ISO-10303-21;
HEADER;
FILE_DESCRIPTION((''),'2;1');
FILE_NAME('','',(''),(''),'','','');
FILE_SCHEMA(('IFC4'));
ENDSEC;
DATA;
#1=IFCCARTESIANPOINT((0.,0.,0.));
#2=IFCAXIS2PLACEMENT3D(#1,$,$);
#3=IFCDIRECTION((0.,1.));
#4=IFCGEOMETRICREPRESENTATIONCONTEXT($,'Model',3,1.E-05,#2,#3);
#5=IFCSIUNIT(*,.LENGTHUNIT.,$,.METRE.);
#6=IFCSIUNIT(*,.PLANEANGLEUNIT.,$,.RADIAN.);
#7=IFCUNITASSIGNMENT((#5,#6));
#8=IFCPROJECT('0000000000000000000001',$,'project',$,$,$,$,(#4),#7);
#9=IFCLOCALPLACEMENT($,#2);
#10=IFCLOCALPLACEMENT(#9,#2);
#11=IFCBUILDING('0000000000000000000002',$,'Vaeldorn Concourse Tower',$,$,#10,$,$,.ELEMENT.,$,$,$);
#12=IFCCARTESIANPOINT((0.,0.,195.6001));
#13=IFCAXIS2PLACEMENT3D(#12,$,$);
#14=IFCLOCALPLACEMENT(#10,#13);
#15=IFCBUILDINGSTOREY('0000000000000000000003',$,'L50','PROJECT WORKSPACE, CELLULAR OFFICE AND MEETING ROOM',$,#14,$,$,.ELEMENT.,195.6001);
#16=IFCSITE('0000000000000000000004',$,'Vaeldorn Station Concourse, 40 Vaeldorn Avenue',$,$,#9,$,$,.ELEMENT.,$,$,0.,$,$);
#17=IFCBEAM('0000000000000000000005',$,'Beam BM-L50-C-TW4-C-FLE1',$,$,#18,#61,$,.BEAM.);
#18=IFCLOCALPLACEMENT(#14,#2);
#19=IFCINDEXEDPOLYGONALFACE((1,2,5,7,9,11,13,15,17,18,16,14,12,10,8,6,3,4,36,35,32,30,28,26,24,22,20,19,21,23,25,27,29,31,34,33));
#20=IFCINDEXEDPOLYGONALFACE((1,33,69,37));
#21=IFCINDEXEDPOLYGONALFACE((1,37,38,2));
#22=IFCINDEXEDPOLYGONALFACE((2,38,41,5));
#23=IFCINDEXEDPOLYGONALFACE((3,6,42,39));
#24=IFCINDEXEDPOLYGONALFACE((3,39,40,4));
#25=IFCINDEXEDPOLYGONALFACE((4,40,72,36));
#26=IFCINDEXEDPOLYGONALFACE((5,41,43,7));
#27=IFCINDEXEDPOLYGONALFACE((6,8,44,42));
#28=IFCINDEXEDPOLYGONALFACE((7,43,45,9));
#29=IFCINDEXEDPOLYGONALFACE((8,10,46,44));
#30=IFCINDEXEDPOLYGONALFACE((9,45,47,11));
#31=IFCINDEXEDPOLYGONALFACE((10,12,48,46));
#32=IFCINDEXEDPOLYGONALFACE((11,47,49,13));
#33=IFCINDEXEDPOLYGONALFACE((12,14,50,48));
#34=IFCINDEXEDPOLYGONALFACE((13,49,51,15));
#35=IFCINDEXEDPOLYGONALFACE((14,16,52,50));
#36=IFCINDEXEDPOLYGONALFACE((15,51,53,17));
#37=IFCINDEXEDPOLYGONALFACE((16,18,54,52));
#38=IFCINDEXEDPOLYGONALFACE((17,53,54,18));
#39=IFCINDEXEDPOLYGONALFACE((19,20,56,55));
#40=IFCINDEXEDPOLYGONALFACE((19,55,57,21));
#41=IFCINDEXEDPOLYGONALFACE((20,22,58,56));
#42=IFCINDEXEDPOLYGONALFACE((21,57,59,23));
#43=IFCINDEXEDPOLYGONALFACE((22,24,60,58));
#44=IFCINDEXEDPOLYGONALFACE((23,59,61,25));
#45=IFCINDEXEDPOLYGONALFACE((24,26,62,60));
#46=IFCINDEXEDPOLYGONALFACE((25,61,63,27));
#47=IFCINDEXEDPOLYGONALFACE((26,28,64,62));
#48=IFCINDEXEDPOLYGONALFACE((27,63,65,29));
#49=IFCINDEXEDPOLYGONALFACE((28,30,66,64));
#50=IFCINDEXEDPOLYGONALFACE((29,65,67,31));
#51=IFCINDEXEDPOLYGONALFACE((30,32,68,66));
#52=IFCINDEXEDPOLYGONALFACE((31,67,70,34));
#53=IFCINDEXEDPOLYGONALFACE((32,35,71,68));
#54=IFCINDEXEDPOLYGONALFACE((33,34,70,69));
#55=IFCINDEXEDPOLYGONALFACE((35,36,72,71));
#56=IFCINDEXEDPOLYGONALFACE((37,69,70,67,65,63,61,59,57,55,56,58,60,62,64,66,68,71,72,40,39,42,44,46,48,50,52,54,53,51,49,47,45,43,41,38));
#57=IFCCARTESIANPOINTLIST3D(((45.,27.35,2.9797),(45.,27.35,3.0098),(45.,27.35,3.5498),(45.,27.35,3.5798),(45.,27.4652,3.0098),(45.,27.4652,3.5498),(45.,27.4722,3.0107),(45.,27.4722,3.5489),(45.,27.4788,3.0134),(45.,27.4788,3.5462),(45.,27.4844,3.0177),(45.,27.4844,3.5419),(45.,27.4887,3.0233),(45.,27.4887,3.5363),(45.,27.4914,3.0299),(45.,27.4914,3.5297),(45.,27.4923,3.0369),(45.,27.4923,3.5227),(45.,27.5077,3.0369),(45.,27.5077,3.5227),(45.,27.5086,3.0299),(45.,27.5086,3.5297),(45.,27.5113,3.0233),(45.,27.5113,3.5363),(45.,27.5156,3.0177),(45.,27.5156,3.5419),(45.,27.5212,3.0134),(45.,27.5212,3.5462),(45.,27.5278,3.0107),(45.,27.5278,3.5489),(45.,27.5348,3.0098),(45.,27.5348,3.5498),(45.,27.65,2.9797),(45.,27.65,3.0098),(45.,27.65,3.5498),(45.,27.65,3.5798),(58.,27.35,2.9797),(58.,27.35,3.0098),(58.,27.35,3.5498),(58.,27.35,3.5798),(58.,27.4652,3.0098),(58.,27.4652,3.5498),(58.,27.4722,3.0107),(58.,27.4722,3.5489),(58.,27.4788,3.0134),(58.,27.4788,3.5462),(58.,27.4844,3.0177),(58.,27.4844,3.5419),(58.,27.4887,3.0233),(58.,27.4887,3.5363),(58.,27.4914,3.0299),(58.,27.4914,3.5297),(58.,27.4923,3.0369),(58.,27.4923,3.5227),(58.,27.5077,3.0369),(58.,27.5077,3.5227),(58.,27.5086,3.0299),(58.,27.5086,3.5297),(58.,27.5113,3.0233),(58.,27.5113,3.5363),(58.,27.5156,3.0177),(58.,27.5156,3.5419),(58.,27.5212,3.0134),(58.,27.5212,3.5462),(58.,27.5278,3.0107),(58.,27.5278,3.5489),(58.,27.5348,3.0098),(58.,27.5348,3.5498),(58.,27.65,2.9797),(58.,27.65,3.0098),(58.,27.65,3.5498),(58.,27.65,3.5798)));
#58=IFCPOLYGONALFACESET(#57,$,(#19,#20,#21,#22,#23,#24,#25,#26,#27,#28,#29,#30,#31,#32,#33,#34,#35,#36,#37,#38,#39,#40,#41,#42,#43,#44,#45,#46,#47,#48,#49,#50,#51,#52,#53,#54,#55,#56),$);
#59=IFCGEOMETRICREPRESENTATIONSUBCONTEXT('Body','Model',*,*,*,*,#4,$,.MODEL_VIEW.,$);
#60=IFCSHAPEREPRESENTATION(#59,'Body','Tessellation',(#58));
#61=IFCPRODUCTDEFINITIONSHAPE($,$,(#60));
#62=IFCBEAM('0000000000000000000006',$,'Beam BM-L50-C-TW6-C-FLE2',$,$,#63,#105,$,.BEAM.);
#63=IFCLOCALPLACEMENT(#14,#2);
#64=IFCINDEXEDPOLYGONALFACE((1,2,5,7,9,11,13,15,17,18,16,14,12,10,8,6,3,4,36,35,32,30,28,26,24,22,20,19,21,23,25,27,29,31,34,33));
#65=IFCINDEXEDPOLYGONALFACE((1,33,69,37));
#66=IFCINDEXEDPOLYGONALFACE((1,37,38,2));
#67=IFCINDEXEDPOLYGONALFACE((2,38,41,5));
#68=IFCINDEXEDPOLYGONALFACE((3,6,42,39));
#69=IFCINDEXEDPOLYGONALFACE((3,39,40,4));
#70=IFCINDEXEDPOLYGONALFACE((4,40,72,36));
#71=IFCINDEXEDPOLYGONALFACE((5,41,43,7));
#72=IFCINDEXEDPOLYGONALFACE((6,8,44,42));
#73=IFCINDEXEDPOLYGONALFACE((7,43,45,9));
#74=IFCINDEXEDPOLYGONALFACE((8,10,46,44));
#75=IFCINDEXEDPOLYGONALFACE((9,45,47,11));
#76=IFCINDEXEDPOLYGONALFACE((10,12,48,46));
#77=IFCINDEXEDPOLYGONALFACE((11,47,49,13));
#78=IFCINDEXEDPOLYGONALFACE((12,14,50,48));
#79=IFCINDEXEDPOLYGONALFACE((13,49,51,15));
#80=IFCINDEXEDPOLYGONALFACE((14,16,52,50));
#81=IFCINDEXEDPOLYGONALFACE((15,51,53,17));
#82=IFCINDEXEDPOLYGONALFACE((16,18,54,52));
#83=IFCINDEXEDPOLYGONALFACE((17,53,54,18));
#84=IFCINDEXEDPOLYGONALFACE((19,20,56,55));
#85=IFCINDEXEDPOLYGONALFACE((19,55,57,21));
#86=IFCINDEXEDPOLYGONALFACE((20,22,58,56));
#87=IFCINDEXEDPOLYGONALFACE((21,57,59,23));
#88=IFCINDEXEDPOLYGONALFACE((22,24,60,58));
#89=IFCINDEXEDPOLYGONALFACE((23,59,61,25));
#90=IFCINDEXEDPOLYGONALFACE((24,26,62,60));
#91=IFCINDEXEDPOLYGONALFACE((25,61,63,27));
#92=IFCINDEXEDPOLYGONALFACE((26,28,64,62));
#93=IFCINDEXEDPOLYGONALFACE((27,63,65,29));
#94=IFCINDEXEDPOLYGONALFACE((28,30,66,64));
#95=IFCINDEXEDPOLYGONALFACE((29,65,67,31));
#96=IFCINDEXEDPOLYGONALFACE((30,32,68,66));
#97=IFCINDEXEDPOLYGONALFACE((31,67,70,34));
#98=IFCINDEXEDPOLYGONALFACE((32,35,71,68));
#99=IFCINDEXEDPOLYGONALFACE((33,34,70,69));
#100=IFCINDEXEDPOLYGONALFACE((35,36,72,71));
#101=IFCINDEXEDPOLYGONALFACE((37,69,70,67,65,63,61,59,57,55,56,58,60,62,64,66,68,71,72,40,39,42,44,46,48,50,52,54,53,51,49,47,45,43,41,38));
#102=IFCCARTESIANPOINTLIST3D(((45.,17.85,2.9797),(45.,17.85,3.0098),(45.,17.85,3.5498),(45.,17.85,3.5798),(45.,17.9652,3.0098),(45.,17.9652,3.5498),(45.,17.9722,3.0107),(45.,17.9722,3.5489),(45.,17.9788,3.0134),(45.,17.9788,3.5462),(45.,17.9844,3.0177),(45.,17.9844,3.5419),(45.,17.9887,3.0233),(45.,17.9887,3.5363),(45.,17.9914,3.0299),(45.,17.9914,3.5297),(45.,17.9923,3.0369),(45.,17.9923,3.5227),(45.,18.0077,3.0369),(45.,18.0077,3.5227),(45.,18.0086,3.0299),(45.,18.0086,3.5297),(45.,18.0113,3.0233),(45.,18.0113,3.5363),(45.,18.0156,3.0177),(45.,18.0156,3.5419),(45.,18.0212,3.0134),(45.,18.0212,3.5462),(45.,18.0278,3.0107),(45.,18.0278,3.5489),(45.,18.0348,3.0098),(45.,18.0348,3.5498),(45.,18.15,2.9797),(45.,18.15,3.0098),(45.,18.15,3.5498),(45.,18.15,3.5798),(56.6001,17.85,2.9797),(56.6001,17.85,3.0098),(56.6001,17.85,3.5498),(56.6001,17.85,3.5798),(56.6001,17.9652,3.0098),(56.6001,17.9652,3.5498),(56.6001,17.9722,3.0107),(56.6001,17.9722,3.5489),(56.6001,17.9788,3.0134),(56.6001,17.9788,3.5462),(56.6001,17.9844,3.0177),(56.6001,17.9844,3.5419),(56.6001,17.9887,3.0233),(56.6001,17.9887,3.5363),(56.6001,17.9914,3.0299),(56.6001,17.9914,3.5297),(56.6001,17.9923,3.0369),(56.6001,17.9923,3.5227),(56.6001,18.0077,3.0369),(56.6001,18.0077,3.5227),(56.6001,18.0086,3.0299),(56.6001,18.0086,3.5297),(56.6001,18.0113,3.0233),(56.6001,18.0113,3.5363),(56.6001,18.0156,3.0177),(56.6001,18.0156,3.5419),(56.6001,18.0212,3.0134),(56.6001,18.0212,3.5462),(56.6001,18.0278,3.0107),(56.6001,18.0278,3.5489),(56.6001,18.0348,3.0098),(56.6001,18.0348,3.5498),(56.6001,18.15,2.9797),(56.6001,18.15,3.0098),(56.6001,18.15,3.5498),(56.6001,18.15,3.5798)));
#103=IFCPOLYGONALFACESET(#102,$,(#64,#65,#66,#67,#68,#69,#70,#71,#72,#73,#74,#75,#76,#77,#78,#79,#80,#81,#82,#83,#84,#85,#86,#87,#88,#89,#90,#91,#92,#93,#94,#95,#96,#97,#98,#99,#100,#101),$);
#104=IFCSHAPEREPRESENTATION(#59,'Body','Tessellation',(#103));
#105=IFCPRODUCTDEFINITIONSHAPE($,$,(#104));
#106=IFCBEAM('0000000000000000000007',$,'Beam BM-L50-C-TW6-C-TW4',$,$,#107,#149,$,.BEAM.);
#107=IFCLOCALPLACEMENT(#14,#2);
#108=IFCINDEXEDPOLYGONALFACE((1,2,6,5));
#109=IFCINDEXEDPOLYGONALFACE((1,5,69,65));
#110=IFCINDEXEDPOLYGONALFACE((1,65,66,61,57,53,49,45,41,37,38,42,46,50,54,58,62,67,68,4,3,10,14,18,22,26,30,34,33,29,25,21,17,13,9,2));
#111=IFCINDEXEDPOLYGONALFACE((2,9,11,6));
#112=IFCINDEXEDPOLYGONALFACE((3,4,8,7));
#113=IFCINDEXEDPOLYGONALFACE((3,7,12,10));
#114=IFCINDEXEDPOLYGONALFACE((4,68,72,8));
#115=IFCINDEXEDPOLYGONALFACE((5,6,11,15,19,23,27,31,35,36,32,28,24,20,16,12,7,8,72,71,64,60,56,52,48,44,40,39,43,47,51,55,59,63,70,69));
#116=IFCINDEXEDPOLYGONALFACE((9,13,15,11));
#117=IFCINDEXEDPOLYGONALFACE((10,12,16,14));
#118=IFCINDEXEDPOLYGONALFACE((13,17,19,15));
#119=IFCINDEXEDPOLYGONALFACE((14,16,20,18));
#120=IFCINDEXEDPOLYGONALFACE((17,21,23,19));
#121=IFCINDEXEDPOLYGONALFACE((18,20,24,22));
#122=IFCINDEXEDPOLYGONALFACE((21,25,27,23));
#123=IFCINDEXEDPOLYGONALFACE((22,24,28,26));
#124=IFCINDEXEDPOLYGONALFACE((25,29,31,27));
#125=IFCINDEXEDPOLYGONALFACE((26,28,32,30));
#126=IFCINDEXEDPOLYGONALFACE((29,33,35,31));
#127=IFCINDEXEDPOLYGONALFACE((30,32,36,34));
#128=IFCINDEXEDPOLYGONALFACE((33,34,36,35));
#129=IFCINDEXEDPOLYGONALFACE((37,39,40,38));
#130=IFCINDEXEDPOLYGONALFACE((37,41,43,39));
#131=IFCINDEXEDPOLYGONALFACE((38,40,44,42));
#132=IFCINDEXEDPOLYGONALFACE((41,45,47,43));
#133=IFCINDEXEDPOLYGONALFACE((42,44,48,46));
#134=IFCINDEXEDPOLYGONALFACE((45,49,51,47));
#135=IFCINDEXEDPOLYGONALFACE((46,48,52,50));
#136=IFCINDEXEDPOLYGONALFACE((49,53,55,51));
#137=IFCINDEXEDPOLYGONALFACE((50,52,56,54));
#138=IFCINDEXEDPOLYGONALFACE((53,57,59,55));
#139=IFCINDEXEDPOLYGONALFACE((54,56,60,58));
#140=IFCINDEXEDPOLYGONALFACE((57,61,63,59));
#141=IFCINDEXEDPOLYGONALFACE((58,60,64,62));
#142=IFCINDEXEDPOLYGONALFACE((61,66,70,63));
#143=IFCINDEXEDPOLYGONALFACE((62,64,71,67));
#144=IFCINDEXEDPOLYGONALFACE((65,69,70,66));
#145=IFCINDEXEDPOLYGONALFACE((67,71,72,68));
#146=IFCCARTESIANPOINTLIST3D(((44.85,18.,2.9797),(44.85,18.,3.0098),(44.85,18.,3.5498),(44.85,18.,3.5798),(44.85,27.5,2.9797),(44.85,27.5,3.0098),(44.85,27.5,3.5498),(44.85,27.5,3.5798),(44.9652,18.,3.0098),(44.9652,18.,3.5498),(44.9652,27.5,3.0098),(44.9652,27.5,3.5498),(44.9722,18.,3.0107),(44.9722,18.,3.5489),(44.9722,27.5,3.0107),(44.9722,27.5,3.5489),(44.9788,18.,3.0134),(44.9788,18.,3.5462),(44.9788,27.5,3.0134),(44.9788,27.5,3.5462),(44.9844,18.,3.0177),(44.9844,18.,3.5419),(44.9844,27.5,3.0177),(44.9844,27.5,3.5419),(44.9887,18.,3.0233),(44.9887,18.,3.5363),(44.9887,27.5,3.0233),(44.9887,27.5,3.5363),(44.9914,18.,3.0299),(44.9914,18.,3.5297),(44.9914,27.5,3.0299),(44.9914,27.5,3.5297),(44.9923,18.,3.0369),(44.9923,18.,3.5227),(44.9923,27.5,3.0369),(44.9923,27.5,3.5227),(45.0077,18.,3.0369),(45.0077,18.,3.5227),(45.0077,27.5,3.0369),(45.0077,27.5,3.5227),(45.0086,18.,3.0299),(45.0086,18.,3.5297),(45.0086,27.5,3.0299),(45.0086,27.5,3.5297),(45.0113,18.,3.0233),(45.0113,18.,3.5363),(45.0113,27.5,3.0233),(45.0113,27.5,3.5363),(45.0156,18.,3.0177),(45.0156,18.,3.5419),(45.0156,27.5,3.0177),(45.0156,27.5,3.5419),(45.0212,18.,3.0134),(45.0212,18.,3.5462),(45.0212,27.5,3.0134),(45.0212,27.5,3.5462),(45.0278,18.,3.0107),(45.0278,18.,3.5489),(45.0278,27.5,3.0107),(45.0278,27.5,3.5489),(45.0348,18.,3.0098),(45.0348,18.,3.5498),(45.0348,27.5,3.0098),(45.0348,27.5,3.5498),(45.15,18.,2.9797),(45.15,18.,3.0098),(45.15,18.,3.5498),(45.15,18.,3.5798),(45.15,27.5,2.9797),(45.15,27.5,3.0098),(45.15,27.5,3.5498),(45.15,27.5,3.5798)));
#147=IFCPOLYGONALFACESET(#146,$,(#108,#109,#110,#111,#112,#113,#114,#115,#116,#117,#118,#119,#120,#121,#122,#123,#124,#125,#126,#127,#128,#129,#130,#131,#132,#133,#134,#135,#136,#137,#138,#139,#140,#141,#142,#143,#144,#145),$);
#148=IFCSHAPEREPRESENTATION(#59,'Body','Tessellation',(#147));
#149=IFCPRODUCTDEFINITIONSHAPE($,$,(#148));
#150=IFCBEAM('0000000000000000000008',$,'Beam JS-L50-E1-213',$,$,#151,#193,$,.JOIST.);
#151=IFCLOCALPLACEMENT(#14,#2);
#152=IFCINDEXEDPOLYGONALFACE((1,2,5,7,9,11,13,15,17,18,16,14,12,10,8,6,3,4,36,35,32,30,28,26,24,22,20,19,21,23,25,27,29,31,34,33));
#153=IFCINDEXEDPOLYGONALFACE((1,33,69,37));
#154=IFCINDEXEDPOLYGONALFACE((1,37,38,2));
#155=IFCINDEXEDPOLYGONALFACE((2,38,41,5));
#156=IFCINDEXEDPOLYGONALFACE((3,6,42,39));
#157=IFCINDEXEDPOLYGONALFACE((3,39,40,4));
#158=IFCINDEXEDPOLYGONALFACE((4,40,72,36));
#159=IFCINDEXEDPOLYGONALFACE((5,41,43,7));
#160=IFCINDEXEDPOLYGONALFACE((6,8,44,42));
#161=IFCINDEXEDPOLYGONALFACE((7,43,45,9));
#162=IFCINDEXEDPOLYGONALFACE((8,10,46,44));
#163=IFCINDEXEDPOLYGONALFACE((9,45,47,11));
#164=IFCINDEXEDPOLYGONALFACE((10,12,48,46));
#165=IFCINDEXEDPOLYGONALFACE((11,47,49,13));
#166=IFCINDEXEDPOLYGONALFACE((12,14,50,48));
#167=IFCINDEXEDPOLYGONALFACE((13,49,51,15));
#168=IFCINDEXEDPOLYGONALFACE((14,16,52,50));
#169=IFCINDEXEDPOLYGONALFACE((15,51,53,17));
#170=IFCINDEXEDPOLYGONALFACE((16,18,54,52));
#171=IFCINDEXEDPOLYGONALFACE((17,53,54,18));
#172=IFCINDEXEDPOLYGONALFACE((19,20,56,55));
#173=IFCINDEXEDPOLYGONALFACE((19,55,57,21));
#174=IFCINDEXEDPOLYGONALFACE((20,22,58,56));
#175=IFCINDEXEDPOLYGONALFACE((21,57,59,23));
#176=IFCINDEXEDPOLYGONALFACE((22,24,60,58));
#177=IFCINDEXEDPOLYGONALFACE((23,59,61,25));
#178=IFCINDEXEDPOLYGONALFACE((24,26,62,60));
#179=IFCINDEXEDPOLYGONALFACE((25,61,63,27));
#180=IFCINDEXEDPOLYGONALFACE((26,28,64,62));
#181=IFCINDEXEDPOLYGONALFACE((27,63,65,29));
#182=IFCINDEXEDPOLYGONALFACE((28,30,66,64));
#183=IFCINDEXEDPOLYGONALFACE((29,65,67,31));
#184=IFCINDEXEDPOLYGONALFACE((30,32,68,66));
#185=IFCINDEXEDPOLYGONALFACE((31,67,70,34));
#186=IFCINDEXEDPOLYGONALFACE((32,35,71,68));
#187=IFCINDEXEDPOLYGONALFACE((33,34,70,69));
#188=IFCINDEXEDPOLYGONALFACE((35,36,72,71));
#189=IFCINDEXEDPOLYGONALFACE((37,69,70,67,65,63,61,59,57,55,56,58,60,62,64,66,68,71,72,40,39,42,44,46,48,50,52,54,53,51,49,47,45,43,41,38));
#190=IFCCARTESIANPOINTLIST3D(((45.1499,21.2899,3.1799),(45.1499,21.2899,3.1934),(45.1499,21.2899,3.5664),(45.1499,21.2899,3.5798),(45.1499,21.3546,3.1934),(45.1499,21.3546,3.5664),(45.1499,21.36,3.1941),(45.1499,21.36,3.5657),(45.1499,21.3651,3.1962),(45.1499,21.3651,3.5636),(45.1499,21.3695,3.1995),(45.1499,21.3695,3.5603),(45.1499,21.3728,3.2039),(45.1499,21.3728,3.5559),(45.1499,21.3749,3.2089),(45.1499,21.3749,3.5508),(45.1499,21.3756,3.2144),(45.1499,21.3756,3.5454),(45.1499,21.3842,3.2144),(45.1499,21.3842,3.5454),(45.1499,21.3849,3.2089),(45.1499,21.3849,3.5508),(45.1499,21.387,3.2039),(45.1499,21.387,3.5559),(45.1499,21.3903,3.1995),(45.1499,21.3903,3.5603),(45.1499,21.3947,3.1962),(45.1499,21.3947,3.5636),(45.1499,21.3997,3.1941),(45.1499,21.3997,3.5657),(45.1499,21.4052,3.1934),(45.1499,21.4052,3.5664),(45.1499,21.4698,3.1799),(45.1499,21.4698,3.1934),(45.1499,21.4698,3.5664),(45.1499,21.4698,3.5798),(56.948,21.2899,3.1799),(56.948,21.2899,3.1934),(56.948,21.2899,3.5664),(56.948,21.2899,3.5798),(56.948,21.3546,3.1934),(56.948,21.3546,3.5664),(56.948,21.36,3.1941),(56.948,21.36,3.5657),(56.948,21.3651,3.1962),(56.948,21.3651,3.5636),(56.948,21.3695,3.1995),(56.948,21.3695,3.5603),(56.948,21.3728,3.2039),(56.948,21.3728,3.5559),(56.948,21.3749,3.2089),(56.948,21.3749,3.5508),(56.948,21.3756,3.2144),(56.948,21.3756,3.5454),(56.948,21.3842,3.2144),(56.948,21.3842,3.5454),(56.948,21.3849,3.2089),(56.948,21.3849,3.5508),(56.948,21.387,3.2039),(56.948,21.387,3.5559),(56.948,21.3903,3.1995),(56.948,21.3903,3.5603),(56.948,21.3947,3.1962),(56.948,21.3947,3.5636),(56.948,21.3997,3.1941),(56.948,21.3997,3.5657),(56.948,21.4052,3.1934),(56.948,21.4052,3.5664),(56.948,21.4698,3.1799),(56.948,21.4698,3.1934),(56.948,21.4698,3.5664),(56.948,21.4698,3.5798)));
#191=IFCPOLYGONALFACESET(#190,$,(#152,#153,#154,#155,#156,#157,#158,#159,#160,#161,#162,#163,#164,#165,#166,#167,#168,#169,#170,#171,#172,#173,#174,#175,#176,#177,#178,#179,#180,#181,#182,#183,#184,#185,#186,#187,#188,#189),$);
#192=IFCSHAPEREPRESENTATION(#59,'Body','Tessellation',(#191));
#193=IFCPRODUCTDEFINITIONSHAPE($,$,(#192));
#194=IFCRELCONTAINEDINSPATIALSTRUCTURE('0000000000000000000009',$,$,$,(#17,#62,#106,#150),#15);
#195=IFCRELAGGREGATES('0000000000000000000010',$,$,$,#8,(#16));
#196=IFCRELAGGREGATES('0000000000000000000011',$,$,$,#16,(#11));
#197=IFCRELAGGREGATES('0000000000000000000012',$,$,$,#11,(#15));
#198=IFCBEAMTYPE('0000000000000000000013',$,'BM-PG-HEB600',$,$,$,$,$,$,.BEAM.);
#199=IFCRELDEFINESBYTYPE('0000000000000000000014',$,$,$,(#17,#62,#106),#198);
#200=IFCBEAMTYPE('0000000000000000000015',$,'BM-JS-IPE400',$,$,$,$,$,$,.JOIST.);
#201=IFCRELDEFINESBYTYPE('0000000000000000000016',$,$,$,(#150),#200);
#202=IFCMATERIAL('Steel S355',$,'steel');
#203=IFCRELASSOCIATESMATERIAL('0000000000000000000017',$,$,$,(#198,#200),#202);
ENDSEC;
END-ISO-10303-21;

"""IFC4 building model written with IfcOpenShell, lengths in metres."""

from ifc_helpers import new_model, si_unit, direction, frame, origin, origin_2d, place, context, subcontext, project, spatial, i_section, extrude, source, transform, mapped, material, material_profile, profile_set, type_object, element, save


model = new_model("IFC4")

# Units and contexts
model_context = context("Model", 3, precision=1e-05, world=origin(), true_north=direction((0.0, 1.0)))
body_context = subcontext(model_context, "Body", "Model", "MODEL_VIEW")
ifc_project = project(units=[si_unit("LENGTHUNIT", "METRE"), si_unit("PLANEANGLEUNIT", "RADIAN")], contexts=[model_context])

# Site, building, storey
site_placement = place(None, origin())
site = spatial("IfcSite", under=ifc_project, at=site_placement, Name="Vaeldorn Station Concourse, 40 Vaeldorn Avenue", CompositionType="ELEMENT", RefElevation=0.0)
building_placement = place(site_placement, origin())
building = spatial("IfcBuilding", under=site, at=building_placement, Name="Vaeldorn Concourse Tower", CompositionType="ELEMENT")
storey_placement = place(building_placement, frame((0.0, 0.0, 195.6001)))
storey = spatial("IfcBuildingStorey", under=building, at=storey_placement, Name="L50", Description="PROJECT WORKSPACE, CELLULAR OFFICE AND MEETING ROOM", CompositionType="ELEMENT", Elevation=195.6001)

# Shared definitions
ifc_material_1 = material(Name="Steel S355", Category="steel")

# Beams
ifc_material_profile_1 = material_profile(ifc_material_1, i_section(OverallWidth=0.3, OverallDepth=0.6001, WebThickness=0.0154, FlangeThickness=0.03, FilletRadius=0.0271, at=origin_2d()), Name="HEB 600")
ifc_profile_set_1 = profile_set([ifc_material_profile_1], Name="Steel S355")
beam_type_1 = type_object("IfcBeamType", Name="BM-PG-HEB600", PredefinedType="BEAM", material=ifc_profile_set_1)
shared_shape_1 = source(origin(), body_context, "Body", "SweptSolid", [
    extrude(i_section(OverallWidth=0.3, OverallDepth=0.6001, WebThickness=0.0154, FlangeThickness=0.03, FilletRadius=0.0271, at=origin_2d()), origin(), (0.0, 0.0, 1.0), 13.0),
])
beam_1_placement = place(storey_placement, frame((45.0, 27.5, 3.2798), z_axis=(1.0, 0.0, 0.0), x_axis=(0.0, 1.0, 0.0)))
element("IfcBeam", 1, at=beam_1_placement, inside=storey, type_object=beam_type_1, Name="Beam BM-L50-C-TW4-C-FLE1", PredefinedType="BEAM", context=body_context, shape_type="MappedRepresentation", body=[
    mapped(shared_shape_1, transform((0.0, 0.0, 0.0), scale=1.0)),
])
shared_shape_2 = source(origin(), body_context, "Body", "SweptSolid", [
    extrude(i_section(OverallWidth=0.3, OverallDepth=0.6001, WebThickness=0.0154, FlangeThickness=0.03, FilletRadius=0.0271, at=origin_2d()), origin(), (0.0, 0.0, 1.0), 11.6001),
])
beam_2_placement = place(storey_placement, frame((45.0, 18.0, 3.2798), z_axis=(1.0, 0.0, 0.0), x_axis=(0.0, 1.0, 0.0)))
element("IfcBeam", 2, at=beam_2_placement, inside=storey, type_object=beam_type_1, Name="Beam BM-L50-C-TW6-C-FLE2", PredefinedType="BEAM", context=body_context, shape_type="MappedRepresentation", body=[
    mapped(shared_shape_2, transform((0.0, 0.0, 0.0), scale=1.0)),
])
shared_shape_3 = source(origin(), body_context, "Body", "SweptSolid", [
    extrude(i_section(OverallWidth=0.3, OverallDepth=0.6001, WebThickness=0.0154, FlangeThickness=0.03, FilletRadius=0.0271, at=origin_2d()), origin(), (0.0, 0.0, 1.0), 9.5),
])
beam_3_placement = place(storey_placement, frame((45.0, 18.0, 3.2798), z_axis=(0.0, 1.0, 0.0), x_axis=(-1.0, 0.0, 0.0)))
element("IfcBeam", 3, at=beam_3_placement, inside=storey, type_object=beam_type_1, Name="Beam BM-L50-C-TW6-C-TW4", PredefinedType="BEAM", context=body_context, shape_type="MappedRepresentation", body=[
    mapped(shared_shape_3, transform((0.0, 0.0, 0.0), scale=1.0)),
])
ifc_material_profile_2 = material_profile(ifc_material_1, i_section(OverallWidth=0.1799, OverallDepth=0.3999, WebThickness=0.0085, FlangeThickness=0.0134, FilletRadius=0.021, at=origin_2d()), Name="IPE 400")
ifc_profile_set_2 = profile_set([ifc_material_profile_2], Name="Steel S355")
beam_type_2 = type_object("IfcBeamType", Name="BM-JS-IPE400", PredefinedType="JOIST", material=ifc_profile_set_2)
shared_shape_4 = source(origin(), body_context, "Body", "SweptSolid", [
    extrude(i_section(OverallWidth=0.1799, OverallDepth=0.3999, WebThickness=0.0085, FlangeThickness=0.0134, FilletRadius=0.021, at=origin_2d()), origin(), (0.0, 0.0, 1.0), 11.7981),
])
beam_4_placement = place(storey_placement, frame((45.1499, 21.3799, 3.3799), z_axis=(1.0, 0.0, 0.0), x_axis=(0.0, 1.0, 0.0)))
element("IfcBeam", 4, at=beam_4_placement, inside=storey, type_object=beam_type_2, Name="Beam JS-L50-E1-213", PredefinedType="JOIST", context=body_context, shape_type="MappedRepresentation", body=[
    mapped(shared_shape_4, transform((0.0, 0.0, 0.0), scale=1.0)),
])

save(model, "model.ifc")
